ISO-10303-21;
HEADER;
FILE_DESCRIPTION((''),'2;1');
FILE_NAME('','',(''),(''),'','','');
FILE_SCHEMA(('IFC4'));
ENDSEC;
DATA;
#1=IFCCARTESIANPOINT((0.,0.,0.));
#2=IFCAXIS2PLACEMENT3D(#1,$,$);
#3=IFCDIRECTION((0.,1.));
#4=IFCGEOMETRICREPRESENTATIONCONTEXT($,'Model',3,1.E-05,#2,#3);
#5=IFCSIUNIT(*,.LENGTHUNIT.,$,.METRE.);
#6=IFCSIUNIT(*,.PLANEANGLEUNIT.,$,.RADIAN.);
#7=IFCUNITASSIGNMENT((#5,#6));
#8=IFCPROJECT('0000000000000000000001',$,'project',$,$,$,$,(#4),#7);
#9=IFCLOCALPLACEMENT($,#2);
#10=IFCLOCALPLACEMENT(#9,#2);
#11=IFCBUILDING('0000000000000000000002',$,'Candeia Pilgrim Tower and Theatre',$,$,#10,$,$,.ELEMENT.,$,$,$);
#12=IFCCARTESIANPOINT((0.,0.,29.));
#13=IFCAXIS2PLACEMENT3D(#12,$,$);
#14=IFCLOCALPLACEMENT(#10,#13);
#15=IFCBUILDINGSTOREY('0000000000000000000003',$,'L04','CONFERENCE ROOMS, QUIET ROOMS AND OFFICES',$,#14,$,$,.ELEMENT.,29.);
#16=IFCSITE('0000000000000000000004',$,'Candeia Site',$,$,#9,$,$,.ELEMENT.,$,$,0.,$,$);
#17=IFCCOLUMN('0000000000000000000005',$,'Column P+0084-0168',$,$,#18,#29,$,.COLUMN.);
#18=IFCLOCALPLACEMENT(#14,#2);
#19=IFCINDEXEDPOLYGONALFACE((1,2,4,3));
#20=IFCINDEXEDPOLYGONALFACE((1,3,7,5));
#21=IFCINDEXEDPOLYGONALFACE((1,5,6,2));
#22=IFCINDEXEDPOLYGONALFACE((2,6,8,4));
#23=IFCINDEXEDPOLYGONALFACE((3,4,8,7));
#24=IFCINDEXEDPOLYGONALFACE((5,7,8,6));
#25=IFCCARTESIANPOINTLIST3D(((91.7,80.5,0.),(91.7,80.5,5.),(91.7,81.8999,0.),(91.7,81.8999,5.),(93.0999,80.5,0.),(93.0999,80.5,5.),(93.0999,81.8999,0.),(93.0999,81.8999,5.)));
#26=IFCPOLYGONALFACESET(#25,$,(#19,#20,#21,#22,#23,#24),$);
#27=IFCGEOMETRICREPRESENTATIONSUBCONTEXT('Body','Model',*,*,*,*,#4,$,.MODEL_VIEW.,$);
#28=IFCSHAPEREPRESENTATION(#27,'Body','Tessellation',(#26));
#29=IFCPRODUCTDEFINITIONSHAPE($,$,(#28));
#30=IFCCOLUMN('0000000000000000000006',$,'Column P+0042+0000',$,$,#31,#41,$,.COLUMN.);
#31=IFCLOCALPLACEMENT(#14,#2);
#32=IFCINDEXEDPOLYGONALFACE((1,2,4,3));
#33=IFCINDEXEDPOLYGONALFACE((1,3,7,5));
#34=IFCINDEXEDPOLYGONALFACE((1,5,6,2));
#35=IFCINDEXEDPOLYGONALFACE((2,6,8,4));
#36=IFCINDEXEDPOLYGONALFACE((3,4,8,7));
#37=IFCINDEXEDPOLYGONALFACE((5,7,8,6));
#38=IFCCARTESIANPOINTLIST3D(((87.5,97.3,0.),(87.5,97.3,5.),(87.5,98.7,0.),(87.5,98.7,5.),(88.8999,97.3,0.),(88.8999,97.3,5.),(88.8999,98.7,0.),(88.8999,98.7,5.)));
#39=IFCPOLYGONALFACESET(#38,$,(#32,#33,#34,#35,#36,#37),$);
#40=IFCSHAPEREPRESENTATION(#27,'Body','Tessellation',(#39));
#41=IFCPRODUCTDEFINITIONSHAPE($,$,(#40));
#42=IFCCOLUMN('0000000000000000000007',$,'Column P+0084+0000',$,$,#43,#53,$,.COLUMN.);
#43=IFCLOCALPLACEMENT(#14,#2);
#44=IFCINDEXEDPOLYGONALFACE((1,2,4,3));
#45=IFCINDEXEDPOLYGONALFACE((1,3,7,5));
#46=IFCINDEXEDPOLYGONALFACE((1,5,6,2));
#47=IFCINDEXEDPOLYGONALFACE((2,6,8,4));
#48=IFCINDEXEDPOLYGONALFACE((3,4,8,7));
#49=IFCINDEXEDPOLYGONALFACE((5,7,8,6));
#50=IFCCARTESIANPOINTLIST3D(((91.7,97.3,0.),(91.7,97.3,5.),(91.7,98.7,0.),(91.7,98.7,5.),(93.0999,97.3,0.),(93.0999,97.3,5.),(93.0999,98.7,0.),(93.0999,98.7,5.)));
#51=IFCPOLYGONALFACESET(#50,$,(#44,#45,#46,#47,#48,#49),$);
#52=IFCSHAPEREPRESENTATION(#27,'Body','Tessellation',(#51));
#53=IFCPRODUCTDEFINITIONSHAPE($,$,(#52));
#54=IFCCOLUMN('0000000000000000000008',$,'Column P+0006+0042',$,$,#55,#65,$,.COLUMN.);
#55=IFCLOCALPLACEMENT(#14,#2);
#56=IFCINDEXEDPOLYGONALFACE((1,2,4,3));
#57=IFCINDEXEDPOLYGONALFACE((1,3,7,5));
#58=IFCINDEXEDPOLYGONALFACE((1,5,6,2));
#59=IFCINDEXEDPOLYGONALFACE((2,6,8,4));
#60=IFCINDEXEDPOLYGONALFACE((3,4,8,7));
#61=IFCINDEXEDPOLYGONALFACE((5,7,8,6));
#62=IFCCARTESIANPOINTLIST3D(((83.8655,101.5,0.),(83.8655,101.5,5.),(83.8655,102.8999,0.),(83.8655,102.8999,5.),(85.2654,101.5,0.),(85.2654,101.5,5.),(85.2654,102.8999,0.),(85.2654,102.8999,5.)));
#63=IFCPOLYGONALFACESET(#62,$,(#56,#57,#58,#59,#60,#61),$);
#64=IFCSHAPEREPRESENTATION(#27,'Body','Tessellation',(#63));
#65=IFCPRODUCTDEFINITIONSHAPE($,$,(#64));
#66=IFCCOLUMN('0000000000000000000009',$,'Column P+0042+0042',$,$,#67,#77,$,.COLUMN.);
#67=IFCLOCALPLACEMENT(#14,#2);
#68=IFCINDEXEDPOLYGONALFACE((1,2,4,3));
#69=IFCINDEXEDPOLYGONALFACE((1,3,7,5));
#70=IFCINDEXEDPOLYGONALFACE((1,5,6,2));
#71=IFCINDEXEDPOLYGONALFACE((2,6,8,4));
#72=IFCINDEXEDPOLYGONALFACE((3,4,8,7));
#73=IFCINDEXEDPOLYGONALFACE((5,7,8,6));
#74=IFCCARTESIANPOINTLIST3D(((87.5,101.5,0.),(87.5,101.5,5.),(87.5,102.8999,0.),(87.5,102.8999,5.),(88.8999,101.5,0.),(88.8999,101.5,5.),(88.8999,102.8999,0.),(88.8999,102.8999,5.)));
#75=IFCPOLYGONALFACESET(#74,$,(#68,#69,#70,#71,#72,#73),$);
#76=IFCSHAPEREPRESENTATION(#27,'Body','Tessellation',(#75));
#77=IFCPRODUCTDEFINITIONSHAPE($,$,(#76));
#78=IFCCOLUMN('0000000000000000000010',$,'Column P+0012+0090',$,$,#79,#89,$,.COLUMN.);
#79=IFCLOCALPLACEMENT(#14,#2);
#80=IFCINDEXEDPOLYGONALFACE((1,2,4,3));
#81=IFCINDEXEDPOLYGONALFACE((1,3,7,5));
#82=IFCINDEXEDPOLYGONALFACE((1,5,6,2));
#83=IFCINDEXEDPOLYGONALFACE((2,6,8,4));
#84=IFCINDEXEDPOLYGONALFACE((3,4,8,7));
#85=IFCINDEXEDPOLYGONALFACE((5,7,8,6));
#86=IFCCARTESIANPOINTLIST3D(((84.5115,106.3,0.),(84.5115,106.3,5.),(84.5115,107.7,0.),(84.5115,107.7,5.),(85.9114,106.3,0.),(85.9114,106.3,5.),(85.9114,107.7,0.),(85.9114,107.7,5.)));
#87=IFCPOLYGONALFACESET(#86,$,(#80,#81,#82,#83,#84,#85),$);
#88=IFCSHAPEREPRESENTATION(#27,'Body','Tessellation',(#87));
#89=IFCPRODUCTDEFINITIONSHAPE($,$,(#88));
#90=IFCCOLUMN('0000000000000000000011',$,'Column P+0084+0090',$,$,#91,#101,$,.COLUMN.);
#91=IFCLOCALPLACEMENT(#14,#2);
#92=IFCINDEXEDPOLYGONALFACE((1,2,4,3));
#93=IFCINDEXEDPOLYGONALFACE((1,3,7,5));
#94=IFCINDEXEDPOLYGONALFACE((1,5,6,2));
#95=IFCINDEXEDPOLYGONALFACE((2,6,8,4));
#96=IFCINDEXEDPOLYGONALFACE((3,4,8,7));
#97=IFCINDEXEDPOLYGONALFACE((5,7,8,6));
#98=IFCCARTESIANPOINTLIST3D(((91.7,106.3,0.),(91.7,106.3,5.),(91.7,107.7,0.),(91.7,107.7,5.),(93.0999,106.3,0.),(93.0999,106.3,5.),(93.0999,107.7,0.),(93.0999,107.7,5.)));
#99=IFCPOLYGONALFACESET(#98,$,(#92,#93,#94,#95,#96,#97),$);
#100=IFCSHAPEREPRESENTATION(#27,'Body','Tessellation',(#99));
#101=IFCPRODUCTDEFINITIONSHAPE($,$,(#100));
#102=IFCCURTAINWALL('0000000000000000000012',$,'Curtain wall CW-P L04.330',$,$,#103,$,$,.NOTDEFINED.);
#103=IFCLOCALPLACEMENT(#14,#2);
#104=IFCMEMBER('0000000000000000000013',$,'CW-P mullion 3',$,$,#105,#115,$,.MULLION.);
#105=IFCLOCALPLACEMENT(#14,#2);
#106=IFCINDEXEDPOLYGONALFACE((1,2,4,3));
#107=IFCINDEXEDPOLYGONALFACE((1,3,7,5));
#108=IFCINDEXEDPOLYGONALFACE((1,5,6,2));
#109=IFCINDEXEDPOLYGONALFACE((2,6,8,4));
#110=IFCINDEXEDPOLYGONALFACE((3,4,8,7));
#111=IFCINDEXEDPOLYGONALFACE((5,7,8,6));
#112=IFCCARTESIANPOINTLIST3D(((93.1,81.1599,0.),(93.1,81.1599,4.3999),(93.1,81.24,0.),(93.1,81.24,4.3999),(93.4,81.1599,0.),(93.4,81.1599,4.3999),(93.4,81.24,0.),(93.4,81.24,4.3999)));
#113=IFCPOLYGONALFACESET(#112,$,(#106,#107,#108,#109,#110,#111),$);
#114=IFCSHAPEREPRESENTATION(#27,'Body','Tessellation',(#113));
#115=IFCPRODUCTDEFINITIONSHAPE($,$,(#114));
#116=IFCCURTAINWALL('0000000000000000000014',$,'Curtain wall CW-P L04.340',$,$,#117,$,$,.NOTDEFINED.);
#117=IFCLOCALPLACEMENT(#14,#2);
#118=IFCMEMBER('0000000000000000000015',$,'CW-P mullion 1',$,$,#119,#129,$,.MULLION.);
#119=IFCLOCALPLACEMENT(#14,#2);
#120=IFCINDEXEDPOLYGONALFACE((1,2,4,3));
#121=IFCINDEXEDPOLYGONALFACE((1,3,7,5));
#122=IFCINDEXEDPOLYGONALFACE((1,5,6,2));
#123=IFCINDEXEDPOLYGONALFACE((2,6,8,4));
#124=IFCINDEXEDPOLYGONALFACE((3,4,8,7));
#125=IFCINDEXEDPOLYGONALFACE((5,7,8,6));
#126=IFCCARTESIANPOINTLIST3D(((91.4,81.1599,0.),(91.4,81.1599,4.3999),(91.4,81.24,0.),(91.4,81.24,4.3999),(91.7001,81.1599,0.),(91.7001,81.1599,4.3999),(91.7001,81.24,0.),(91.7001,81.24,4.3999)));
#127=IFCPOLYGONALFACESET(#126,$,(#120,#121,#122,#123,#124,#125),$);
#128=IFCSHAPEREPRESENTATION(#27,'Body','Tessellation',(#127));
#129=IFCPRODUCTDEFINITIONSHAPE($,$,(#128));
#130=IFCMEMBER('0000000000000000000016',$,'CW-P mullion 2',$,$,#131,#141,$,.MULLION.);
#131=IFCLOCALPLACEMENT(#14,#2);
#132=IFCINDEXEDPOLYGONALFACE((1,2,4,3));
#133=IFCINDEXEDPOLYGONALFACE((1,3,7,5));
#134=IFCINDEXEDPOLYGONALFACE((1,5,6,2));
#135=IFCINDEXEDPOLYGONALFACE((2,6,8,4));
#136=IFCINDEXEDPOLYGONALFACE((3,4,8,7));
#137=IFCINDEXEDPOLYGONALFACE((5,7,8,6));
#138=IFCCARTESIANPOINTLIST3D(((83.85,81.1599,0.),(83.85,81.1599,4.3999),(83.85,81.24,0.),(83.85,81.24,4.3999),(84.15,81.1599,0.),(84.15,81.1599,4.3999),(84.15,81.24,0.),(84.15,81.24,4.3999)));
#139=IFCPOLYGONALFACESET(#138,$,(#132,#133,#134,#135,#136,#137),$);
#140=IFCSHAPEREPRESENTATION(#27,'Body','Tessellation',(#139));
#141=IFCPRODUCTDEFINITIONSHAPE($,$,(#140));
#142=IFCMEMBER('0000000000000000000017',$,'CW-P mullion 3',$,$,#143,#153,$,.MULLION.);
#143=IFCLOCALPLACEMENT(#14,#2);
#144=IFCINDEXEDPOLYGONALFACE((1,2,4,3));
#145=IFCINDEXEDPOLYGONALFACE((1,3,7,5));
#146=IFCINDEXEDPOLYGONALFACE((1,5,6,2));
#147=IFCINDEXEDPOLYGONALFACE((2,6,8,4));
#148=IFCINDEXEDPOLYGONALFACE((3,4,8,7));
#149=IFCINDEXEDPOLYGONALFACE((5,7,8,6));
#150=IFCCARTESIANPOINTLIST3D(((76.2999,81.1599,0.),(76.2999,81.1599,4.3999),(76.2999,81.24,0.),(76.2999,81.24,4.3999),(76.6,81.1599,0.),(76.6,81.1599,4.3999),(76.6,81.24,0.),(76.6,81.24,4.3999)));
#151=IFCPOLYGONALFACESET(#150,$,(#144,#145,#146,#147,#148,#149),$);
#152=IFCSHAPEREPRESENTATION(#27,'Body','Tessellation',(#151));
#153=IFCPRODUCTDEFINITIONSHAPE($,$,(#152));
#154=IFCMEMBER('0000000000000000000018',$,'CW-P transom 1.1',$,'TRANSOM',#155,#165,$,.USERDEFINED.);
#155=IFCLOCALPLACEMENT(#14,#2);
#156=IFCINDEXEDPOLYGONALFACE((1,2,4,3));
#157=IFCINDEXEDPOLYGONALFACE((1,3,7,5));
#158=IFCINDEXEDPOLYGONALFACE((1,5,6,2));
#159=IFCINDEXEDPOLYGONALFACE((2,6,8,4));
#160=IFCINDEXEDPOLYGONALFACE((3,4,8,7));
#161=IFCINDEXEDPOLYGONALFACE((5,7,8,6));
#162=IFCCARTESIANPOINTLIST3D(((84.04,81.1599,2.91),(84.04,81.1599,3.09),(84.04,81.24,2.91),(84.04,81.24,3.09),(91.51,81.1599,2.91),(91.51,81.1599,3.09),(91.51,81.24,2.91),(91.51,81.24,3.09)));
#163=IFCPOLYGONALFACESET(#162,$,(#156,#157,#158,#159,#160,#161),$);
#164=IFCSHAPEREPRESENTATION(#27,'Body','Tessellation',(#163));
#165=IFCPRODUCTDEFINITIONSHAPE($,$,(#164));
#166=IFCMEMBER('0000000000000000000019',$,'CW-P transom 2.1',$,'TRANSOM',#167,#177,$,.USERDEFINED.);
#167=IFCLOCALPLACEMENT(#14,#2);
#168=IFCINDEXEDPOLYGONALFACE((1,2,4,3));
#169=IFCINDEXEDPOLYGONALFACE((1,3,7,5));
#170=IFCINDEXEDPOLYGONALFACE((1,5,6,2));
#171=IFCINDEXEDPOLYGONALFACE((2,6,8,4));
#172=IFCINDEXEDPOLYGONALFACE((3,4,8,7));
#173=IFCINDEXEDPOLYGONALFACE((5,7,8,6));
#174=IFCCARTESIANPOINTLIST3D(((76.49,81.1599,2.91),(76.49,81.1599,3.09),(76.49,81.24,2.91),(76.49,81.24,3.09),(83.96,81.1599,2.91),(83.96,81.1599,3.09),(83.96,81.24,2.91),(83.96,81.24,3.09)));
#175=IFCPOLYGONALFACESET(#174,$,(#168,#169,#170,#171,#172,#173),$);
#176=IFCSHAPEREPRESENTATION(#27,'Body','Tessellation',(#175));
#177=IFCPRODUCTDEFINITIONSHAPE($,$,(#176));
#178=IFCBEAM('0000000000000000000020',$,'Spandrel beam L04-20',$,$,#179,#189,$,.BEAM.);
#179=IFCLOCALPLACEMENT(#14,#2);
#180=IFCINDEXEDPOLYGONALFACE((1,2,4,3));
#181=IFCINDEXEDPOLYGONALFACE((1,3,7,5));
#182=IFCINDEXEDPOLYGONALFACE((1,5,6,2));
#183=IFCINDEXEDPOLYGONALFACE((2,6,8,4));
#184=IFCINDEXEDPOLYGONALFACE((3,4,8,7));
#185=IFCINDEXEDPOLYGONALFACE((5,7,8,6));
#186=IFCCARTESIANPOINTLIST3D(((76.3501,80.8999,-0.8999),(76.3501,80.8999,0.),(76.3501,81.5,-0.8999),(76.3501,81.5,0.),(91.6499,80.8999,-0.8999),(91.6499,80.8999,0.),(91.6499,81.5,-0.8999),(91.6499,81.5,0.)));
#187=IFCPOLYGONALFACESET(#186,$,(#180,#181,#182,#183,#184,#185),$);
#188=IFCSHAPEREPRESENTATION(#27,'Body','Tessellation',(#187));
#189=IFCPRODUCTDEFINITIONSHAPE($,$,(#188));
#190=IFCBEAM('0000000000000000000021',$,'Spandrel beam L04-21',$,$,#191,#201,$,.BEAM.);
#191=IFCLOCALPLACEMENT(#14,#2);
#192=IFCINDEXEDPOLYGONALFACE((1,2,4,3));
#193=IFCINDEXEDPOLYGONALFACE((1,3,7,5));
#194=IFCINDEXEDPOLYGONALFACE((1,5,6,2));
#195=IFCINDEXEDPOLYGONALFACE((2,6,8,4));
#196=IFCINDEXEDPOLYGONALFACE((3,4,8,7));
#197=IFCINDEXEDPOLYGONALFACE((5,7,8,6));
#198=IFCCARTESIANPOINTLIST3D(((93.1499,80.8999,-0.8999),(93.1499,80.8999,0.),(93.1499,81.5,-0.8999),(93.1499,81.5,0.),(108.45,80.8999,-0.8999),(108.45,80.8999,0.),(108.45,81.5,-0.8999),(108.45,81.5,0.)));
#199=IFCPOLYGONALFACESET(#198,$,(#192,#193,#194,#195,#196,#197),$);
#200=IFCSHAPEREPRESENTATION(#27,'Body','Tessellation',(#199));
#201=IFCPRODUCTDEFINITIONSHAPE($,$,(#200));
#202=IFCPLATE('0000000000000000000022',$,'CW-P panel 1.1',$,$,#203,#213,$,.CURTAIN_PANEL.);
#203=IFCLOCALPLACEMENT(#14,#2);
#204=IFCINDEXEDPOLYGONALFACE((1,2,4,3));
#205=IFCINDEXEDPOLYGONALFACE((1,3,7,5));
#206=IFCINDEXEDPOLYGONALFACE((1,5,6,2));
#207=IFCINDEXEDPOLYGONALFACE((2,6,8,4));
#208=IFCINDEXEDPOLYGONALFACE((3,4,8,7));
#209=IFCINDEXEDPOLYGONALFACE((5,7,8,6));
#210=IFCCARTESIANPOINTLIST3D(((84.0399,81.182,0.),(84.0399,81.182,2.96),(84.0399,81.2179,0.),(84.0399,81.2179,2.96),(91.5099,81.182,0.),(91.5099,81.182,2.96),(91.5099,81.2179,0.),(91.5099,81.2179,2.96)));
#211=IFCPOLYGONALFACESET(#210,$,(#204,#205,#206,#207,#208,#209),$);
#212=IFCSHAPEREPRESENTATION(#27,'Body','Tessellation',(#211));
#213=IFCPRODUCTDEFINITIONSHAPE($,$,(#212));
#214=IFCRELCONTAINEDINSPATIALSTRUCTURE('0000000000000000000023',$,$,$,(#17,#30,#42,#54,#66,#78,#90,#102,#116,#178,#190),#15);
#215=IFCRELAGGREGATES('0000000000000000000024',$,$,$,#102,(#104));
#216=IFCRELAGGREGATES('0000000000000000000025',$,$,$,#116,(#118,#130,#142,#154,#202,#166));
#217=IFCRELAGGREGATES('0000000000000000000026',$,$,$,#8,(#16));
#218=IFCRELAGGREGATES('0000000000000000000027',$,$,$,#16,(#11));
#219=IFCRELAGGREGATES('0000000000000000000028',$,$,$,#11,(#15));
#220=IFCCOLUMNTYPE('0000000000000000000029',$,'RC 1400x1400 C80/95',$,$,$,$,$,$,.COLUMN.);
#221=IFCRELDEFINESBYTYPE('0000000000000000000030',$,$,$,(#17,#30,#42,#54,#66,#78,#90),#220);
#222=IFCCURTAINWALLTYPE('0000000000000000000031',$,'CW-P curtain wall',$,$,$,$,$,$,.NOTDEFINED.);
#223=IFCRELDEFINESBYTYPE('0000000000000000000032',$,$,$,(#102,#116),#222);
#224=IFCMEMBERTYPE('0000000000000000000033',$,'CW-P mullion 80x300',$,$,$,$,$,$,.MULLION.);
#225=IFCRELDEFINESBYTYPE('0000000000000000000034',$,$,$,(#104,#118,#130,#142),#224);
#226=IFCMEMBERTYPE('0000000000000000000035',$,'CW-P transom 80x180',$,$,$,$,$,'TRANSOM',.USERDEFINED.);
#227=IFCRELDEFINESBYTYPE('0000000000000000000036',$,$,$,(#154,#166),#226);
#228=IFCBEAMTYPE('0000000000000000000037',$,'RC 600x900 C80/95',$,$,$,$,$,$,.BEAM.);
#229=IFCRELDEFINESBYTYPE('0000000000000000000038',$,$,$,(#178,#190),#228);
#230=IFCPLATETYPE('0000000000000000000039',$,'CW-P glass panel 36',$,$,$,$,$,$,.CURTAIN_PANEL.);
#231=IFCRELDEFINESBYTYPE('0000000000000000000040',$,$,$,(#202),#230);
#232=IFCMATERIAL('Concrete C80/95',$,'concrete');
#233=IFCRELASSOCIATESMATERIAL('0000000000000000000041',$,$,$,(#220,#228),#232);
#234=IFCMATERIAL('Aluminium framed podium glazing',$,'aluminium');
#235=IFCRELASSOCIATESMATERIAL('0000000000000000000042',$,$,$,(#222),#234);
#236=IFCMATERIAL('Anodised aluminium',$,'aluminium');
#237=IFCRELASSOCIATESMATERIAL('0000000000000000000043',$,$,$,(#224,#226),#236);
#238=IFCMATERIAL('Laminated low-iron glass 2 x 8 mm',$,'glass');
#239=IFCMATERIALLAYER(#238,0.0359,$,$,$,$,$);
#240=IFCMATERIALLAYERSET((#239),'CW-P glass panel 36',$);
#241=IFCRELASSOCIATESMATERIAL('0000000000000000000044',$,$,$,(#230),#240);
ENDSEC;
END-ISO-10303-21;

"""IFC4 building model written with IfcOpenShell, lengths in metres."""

from ifc_helpers import new_model, si_unit, direction, frame, origin, origin_2d, place, context, subcontext, project, spatial, rectangle, extrude, material, layer, layer_set, material_profile, profile_set, type_object, element, aggregate, save


model = new_model("IFC4")

# Units and contexts
model_context = context("Model", 3, precision=1e-05, world=origin(), true_north=direction((0.0, 1.0)))
body_context = subcontext(model_context, "Body", "Model", "MODEL_VIEW")
ifc_project = project(units=[si_unit("LENGTHUNIT", "METRE"), si_unit("PLANEANGLEUNIT", "RADIAN")], contexts=[model_context])

# Site, building, storey
site_placement = place(None, origin())
site = spatial("IfcSite", under=ifc_project, at=site_placement, Name="Candeia Site", CompositionType="ELEMENT", RefElevation=0.0)
building_placement = place(site_placement, origin())
building = spatial("IfcBuilding", under=site, at=building_placement, Name="Candeia Pilgrim Tower and Theatre", CompositionType="ELEMENT")
storey_placement = place(building_placement, frame((0.0, 0.0, 29.0)))
storey = spatial("IfcBuildingStorey", under=building, at=storey_placement, Name="L04", Description="CONFERENCE ROOMS, QUIET ROOMS AND OFFICES", CompositionType="ELEMENT", Elevation=29.0)

# Columns
ifc_material_1 = material(Name="Concrete C80/95", Category="concrete")
ifc_material_profile_1 = material_profile(ifc_material_1, rectangle(XDim=1.3999, YDim=1.3999, at=origin_2d()))
ifc_profile_set_1 = profile_set([ifc_material_profile_1], Name="Concrete C80/95")
column_type = type_object("IfcColumnType", Name="RC 1400x1400 C80/95", PredefinedType="COLUMN", material=ifc_profile_set_1)
for number, where, z_axis, x_axis, name in (
    (1, (92.3999, 81.2, 0.0), (0.0, 0.0, 1.0), (1.0, 0.0, 0.0), "Column P+0084-0168"),
    (2, (88.2, 98.0, 0.0), (0.0, 0.0, 1.0), (1.0, 0.0, 0.0), "Column P+0042+0000"),
    (3, (92.3999, 98.0, 0.0), (0.0, 0.0, 1.0), (1.0, 0.0, 0.0), "Column P+0084+0000"),
    (4, (84.5654, 102.2, 0.0), (0.0, 0.0, 1.0), (1.0, 0.0, 0.0), "Column P+0006+0042"),
    (5, (88.2, 102.2, 0.0), (0.0, 0.0, 1.0), (1.0, 0.0, 0.0), "Column P+0042+0042"),
    (6, (85.2114, 107.0, 0.0), (0.0, 0.0, 1.0), (1.0, 0.0, 0.0), "Column P+0012+0090"),
    (7, (92.3999, 107.0, 0.0), (0.0, 0.0, 1.0), (1.0, 0.0, 0.0), "Column P+0084+0090"),
):
    element("IfcColumn", number, at=place(storey_placement, frame(where, z_axis=z_axis, x_axis=x_axis)), inside=storey, type_object=column_type, Name=name, PredefinedType="COLUMN", context=body_context, shape_type="SweptSolid", body=[
        extrude(rectangle(XDim=1.3999, YDim=1.3999, at=origin_2d()), origin(), (0.0, 0.0, 1.0), 5.0),
    ])

# Curtain wall, member
ifc_material_2 = material(Name="Aluminium framed podium glazing", Category="aluminium")
curtain_wall_type = type_object("IfcCurtainWallType", Name="CW-P curtain wall", PredefinedType="NOTDEFINED", material=ifc_material_2)
curtain_wall_1_placement = place(storey_placement, origin())
curtain_wall_1 = element("IfcCurtainWall", 8, at=curtain_wall_1_placement, inside=storey, type_object=curtain_wall_type, Name="Curtain wall CW-P L04.330", PredefinedType="NOTDEFINED")
ifc_material_3 = material(Name="Anodised aluminium", Category="aluminium")
ifc_material_profile_2 = material_profile(ifc_material_3, rectangle(XDim=0.0801, YDim=0.3, at=origin_2d()))
ifc_profile_set_2 = profile_set([ifc_material_profile_2], Name="Anodised aluminium")
member_type_1 = type_object("IfcMemberType", Name="CW-P mullion 80x300", PredefinedType="MULLION", material=ifc_profile_set_2)
member_1_placement = place(storey_placement, frame((93.25, 81.2, 0.0), z_axis=(0.0, 0.0, 1.0), x_axis=(0.0, -1.0, 0.0)))
member_1 = element("IfcMember", 9, at=member_1_placement, type_object=member_type_1, Name="CW-P mullion 3", PredefinedType="MULLION", context=body_context, shape_type="SweptSolid", body=[
    extrude(rectangle(XDim=0.0801, YDim=0.3, at=origin_2d()), origin(), (0.0, 0.0, 1.0), 4.3999),
])
aggregate(curtain_wall_1, [member_1])

# Curtain wall, members
curtain_wall_2_placement = place(storey_placement, origin())
curtain_wall_2 = element("IfcCurtainWall", 10, at=curtain_wall_2_placement, inside=storey, type_object=curtain_wall_type, Name="Curtain wall CW-P L04.340", PredefinedType="NOTDEFINED")
member_2_placement = place(storey_placement, frame((91.55, 81.2, 0.0), z_axis=(0.0, 0.0, 1.0), x_axis=(0.0, -1.0, 0.0)))
member_2 = element("IfcMember", 11, at=member_2_placement, type_object=member_type_1, Name="CW-P mullion 1", PredefinedType="MULLION", context=body_context, shape_type="SweptSolid", body=[
    extrude(rectangle(XDim=0.0801, YDim=0.3, at=origin_2d()), origin(), (0.0, 0.0, 1.0), 4.3999),
])
member_3_placement = place(storey_placement, frame((84.0, 81.2, 0.0), z_axis=(0.0, 0.0, 1.0), x_axis=(0.0, -1.0, 0.0)))
member_3 = element("IfcMember", 12, at=member_3_placement, type_object=member_type_1, Name="CW-P mullion 2", PredefinedType="MULLION", context=body_context, shape_type="SweptSolid", body=[
    extrude(rectangle(XDim=0.0801, YDim=0.3, at=origin_2d()), origin(), (0.0, 0.0, 1.0), 4.3999),
])
member_4_placement = place(storey_placement, frame((76.45, 81.2, 0.0), z_axis=(0.0, 0.0, 1.0), x_axis=(0.0, -1.0, 0.0)))
member_4 = element("IfcMember", 13, at=member_4_placement, type_object=member_type_1, Name="CW-P mullion 3", PredefinedType="MULLION", context=body_context, shape_type="SweptSolid", body=[
    extrude(rectangle(XDim=0.0801, YDim=0.3, at=origin_2d()), origin(), (0.0, 0.0, 1.0), 4.3999),
])
ifc_material_profile_3 = material_profile(ifc_material_3, rectangle(XDim=0.0801, YDim=0.1799, at=origin_2d()))
ifc_profile_set_3 = profile_set([ifc_material_profile_3], Name="Anodised aluminium")
member_type_2 = type_object("IfcMemberType", Name="CW-P transom 80x180", ElementType="TRANSOM", PredefinedType="USERDEFINED", material=ifc_profile_set_3)
member_5_placement = place(storey_placement, frame((91.51, 81.2, 3.0), z_axis=(-1.0, 0.0, 0.0), x_axis=(0.0, -1.0, 0.0)))
member_5 = element("IfcMember", 14, at=member_5_placement, type_object=member_type_2, Name="CW-P transom 1.1", ObjectType="TRANSOM", PredefinedType="USERDEFINED", context=body_context, shape_type="SweptSolid", body=[
    extrude(rectangle(XDim=0.0801, YDim=0.1799, at=origin_2d()), origin(), (0.0, 0.0, 1.0), 7.47),
])
member_6_placement = place(storey_placement, frame((83.96, 81.2, 3.0), z_axis=(-1.0, 0.0, 0.0), x_axis=(0.0, -1.0, 0.0)))
member_6 = element("IfcMember", 15, at=member_6_placement, type_object=member_type_2, Name="CW-P transom 2.1", ObjectType="TRANSOM", PredefinedType="USERDEFINED", context=body_context, shape_type="SweptSolid", body=[
    extrude(rectangle(XDim=0.0801, YDim=0.1799, at=origin_2d()), origin(), (0.0, 0.0, 1.0), 7.47),
])

# Beams
ifc_material_profile_4 = material_profile(ifc_material_1, rectangle(XDim=0.6001, YDim=0.8999, at=origin_2d()))
ifc_profile_set_4 = profile_set([ifc_material_profile_4], Name="Concrete C80/95")
beam_type = type_object("IfcBeamType", Name="RC 600x900 C80/95", PredefinedType="BEAM", material=ifc_profile_set_4)
beam_1_placement = place(storey_placement, frame((76.3501, 81.2, -0.45), z_axis=(1.0, 0.0, 0.0), x_axis=(0.0, 1.0, 0.0)))
element("IfcBeam", 16, at=beam_1_placement, inside=storey, type_object=beam_type, Name="Spandrel beam L04-20", PredefinedType="BEAM", context=body_context, shape_type="SweptSolid", body=[
    extrude(rectangle(XDim=0.6001, YDim=0.8999, at=origin_2d()), origin(), (0.0, 0.0, 1.0), 15.2998),
])
beam_2_placement = place(storey_placement, frame((93.1499, 81.2, -0.45), z_axis=(1.0, 0.0, 0.0), x_axis=(0.0, 1.0, 0.0)))
element("IfcBeam", 17, at=beam_2_placement, inside=storey, type_object=beam_type, Name="Spandrel beam L04-21", PredefinedType="BEAM", context=body_context, shape_type="SweptSolid", body=[
    extrude(rectangle(XDim=0.6001, YDim=0.8999, at=origin_2d()), origin(), (0.0, 0.0, 1.0), 15.3),
])

# Plate
ifc_material_4 = material(Name="Laminated low-iron glass 2 x 8 mm", Category="glass")
ifc_layer_1 = layer(ifc_material_4, 0.0359)
ifc_layer_set_1 = layer_set([ifc_layer_1], Name="CW-P glass panel 36")
plate_type = type_object("IfcPlateType", Name="CW-P glass panel 36", PredefinedType="CURTAIN_PANEL", material=ifc_layer_set_1)
plate_1_placement = place(storey_placement, frame((87.7749, 81.2, 0.0), z_axis=(0.0, 0.0, 1.0), x_axis=(-1.0, 0.0, 0.0)))
plate_1 = element("IfcPlate", 18, at=plate_1_placement, type_object=plate_type, Name="CW-P panel 1.1", PredefinedType="CURTAIN_PANEL", context=body_context, shape_type="SweptSolid", body=[
    extrude(rectangle(XDim=7.47, YDim=0.0359, at=origin_2d()), origin(), (0.0, 0.0, 1.0), 2.96),
])
aggregate(curtain_wall_2, [member_2, member_3, member_4, member_5, plate_1, member_6])

save(model, "model.ifc")
